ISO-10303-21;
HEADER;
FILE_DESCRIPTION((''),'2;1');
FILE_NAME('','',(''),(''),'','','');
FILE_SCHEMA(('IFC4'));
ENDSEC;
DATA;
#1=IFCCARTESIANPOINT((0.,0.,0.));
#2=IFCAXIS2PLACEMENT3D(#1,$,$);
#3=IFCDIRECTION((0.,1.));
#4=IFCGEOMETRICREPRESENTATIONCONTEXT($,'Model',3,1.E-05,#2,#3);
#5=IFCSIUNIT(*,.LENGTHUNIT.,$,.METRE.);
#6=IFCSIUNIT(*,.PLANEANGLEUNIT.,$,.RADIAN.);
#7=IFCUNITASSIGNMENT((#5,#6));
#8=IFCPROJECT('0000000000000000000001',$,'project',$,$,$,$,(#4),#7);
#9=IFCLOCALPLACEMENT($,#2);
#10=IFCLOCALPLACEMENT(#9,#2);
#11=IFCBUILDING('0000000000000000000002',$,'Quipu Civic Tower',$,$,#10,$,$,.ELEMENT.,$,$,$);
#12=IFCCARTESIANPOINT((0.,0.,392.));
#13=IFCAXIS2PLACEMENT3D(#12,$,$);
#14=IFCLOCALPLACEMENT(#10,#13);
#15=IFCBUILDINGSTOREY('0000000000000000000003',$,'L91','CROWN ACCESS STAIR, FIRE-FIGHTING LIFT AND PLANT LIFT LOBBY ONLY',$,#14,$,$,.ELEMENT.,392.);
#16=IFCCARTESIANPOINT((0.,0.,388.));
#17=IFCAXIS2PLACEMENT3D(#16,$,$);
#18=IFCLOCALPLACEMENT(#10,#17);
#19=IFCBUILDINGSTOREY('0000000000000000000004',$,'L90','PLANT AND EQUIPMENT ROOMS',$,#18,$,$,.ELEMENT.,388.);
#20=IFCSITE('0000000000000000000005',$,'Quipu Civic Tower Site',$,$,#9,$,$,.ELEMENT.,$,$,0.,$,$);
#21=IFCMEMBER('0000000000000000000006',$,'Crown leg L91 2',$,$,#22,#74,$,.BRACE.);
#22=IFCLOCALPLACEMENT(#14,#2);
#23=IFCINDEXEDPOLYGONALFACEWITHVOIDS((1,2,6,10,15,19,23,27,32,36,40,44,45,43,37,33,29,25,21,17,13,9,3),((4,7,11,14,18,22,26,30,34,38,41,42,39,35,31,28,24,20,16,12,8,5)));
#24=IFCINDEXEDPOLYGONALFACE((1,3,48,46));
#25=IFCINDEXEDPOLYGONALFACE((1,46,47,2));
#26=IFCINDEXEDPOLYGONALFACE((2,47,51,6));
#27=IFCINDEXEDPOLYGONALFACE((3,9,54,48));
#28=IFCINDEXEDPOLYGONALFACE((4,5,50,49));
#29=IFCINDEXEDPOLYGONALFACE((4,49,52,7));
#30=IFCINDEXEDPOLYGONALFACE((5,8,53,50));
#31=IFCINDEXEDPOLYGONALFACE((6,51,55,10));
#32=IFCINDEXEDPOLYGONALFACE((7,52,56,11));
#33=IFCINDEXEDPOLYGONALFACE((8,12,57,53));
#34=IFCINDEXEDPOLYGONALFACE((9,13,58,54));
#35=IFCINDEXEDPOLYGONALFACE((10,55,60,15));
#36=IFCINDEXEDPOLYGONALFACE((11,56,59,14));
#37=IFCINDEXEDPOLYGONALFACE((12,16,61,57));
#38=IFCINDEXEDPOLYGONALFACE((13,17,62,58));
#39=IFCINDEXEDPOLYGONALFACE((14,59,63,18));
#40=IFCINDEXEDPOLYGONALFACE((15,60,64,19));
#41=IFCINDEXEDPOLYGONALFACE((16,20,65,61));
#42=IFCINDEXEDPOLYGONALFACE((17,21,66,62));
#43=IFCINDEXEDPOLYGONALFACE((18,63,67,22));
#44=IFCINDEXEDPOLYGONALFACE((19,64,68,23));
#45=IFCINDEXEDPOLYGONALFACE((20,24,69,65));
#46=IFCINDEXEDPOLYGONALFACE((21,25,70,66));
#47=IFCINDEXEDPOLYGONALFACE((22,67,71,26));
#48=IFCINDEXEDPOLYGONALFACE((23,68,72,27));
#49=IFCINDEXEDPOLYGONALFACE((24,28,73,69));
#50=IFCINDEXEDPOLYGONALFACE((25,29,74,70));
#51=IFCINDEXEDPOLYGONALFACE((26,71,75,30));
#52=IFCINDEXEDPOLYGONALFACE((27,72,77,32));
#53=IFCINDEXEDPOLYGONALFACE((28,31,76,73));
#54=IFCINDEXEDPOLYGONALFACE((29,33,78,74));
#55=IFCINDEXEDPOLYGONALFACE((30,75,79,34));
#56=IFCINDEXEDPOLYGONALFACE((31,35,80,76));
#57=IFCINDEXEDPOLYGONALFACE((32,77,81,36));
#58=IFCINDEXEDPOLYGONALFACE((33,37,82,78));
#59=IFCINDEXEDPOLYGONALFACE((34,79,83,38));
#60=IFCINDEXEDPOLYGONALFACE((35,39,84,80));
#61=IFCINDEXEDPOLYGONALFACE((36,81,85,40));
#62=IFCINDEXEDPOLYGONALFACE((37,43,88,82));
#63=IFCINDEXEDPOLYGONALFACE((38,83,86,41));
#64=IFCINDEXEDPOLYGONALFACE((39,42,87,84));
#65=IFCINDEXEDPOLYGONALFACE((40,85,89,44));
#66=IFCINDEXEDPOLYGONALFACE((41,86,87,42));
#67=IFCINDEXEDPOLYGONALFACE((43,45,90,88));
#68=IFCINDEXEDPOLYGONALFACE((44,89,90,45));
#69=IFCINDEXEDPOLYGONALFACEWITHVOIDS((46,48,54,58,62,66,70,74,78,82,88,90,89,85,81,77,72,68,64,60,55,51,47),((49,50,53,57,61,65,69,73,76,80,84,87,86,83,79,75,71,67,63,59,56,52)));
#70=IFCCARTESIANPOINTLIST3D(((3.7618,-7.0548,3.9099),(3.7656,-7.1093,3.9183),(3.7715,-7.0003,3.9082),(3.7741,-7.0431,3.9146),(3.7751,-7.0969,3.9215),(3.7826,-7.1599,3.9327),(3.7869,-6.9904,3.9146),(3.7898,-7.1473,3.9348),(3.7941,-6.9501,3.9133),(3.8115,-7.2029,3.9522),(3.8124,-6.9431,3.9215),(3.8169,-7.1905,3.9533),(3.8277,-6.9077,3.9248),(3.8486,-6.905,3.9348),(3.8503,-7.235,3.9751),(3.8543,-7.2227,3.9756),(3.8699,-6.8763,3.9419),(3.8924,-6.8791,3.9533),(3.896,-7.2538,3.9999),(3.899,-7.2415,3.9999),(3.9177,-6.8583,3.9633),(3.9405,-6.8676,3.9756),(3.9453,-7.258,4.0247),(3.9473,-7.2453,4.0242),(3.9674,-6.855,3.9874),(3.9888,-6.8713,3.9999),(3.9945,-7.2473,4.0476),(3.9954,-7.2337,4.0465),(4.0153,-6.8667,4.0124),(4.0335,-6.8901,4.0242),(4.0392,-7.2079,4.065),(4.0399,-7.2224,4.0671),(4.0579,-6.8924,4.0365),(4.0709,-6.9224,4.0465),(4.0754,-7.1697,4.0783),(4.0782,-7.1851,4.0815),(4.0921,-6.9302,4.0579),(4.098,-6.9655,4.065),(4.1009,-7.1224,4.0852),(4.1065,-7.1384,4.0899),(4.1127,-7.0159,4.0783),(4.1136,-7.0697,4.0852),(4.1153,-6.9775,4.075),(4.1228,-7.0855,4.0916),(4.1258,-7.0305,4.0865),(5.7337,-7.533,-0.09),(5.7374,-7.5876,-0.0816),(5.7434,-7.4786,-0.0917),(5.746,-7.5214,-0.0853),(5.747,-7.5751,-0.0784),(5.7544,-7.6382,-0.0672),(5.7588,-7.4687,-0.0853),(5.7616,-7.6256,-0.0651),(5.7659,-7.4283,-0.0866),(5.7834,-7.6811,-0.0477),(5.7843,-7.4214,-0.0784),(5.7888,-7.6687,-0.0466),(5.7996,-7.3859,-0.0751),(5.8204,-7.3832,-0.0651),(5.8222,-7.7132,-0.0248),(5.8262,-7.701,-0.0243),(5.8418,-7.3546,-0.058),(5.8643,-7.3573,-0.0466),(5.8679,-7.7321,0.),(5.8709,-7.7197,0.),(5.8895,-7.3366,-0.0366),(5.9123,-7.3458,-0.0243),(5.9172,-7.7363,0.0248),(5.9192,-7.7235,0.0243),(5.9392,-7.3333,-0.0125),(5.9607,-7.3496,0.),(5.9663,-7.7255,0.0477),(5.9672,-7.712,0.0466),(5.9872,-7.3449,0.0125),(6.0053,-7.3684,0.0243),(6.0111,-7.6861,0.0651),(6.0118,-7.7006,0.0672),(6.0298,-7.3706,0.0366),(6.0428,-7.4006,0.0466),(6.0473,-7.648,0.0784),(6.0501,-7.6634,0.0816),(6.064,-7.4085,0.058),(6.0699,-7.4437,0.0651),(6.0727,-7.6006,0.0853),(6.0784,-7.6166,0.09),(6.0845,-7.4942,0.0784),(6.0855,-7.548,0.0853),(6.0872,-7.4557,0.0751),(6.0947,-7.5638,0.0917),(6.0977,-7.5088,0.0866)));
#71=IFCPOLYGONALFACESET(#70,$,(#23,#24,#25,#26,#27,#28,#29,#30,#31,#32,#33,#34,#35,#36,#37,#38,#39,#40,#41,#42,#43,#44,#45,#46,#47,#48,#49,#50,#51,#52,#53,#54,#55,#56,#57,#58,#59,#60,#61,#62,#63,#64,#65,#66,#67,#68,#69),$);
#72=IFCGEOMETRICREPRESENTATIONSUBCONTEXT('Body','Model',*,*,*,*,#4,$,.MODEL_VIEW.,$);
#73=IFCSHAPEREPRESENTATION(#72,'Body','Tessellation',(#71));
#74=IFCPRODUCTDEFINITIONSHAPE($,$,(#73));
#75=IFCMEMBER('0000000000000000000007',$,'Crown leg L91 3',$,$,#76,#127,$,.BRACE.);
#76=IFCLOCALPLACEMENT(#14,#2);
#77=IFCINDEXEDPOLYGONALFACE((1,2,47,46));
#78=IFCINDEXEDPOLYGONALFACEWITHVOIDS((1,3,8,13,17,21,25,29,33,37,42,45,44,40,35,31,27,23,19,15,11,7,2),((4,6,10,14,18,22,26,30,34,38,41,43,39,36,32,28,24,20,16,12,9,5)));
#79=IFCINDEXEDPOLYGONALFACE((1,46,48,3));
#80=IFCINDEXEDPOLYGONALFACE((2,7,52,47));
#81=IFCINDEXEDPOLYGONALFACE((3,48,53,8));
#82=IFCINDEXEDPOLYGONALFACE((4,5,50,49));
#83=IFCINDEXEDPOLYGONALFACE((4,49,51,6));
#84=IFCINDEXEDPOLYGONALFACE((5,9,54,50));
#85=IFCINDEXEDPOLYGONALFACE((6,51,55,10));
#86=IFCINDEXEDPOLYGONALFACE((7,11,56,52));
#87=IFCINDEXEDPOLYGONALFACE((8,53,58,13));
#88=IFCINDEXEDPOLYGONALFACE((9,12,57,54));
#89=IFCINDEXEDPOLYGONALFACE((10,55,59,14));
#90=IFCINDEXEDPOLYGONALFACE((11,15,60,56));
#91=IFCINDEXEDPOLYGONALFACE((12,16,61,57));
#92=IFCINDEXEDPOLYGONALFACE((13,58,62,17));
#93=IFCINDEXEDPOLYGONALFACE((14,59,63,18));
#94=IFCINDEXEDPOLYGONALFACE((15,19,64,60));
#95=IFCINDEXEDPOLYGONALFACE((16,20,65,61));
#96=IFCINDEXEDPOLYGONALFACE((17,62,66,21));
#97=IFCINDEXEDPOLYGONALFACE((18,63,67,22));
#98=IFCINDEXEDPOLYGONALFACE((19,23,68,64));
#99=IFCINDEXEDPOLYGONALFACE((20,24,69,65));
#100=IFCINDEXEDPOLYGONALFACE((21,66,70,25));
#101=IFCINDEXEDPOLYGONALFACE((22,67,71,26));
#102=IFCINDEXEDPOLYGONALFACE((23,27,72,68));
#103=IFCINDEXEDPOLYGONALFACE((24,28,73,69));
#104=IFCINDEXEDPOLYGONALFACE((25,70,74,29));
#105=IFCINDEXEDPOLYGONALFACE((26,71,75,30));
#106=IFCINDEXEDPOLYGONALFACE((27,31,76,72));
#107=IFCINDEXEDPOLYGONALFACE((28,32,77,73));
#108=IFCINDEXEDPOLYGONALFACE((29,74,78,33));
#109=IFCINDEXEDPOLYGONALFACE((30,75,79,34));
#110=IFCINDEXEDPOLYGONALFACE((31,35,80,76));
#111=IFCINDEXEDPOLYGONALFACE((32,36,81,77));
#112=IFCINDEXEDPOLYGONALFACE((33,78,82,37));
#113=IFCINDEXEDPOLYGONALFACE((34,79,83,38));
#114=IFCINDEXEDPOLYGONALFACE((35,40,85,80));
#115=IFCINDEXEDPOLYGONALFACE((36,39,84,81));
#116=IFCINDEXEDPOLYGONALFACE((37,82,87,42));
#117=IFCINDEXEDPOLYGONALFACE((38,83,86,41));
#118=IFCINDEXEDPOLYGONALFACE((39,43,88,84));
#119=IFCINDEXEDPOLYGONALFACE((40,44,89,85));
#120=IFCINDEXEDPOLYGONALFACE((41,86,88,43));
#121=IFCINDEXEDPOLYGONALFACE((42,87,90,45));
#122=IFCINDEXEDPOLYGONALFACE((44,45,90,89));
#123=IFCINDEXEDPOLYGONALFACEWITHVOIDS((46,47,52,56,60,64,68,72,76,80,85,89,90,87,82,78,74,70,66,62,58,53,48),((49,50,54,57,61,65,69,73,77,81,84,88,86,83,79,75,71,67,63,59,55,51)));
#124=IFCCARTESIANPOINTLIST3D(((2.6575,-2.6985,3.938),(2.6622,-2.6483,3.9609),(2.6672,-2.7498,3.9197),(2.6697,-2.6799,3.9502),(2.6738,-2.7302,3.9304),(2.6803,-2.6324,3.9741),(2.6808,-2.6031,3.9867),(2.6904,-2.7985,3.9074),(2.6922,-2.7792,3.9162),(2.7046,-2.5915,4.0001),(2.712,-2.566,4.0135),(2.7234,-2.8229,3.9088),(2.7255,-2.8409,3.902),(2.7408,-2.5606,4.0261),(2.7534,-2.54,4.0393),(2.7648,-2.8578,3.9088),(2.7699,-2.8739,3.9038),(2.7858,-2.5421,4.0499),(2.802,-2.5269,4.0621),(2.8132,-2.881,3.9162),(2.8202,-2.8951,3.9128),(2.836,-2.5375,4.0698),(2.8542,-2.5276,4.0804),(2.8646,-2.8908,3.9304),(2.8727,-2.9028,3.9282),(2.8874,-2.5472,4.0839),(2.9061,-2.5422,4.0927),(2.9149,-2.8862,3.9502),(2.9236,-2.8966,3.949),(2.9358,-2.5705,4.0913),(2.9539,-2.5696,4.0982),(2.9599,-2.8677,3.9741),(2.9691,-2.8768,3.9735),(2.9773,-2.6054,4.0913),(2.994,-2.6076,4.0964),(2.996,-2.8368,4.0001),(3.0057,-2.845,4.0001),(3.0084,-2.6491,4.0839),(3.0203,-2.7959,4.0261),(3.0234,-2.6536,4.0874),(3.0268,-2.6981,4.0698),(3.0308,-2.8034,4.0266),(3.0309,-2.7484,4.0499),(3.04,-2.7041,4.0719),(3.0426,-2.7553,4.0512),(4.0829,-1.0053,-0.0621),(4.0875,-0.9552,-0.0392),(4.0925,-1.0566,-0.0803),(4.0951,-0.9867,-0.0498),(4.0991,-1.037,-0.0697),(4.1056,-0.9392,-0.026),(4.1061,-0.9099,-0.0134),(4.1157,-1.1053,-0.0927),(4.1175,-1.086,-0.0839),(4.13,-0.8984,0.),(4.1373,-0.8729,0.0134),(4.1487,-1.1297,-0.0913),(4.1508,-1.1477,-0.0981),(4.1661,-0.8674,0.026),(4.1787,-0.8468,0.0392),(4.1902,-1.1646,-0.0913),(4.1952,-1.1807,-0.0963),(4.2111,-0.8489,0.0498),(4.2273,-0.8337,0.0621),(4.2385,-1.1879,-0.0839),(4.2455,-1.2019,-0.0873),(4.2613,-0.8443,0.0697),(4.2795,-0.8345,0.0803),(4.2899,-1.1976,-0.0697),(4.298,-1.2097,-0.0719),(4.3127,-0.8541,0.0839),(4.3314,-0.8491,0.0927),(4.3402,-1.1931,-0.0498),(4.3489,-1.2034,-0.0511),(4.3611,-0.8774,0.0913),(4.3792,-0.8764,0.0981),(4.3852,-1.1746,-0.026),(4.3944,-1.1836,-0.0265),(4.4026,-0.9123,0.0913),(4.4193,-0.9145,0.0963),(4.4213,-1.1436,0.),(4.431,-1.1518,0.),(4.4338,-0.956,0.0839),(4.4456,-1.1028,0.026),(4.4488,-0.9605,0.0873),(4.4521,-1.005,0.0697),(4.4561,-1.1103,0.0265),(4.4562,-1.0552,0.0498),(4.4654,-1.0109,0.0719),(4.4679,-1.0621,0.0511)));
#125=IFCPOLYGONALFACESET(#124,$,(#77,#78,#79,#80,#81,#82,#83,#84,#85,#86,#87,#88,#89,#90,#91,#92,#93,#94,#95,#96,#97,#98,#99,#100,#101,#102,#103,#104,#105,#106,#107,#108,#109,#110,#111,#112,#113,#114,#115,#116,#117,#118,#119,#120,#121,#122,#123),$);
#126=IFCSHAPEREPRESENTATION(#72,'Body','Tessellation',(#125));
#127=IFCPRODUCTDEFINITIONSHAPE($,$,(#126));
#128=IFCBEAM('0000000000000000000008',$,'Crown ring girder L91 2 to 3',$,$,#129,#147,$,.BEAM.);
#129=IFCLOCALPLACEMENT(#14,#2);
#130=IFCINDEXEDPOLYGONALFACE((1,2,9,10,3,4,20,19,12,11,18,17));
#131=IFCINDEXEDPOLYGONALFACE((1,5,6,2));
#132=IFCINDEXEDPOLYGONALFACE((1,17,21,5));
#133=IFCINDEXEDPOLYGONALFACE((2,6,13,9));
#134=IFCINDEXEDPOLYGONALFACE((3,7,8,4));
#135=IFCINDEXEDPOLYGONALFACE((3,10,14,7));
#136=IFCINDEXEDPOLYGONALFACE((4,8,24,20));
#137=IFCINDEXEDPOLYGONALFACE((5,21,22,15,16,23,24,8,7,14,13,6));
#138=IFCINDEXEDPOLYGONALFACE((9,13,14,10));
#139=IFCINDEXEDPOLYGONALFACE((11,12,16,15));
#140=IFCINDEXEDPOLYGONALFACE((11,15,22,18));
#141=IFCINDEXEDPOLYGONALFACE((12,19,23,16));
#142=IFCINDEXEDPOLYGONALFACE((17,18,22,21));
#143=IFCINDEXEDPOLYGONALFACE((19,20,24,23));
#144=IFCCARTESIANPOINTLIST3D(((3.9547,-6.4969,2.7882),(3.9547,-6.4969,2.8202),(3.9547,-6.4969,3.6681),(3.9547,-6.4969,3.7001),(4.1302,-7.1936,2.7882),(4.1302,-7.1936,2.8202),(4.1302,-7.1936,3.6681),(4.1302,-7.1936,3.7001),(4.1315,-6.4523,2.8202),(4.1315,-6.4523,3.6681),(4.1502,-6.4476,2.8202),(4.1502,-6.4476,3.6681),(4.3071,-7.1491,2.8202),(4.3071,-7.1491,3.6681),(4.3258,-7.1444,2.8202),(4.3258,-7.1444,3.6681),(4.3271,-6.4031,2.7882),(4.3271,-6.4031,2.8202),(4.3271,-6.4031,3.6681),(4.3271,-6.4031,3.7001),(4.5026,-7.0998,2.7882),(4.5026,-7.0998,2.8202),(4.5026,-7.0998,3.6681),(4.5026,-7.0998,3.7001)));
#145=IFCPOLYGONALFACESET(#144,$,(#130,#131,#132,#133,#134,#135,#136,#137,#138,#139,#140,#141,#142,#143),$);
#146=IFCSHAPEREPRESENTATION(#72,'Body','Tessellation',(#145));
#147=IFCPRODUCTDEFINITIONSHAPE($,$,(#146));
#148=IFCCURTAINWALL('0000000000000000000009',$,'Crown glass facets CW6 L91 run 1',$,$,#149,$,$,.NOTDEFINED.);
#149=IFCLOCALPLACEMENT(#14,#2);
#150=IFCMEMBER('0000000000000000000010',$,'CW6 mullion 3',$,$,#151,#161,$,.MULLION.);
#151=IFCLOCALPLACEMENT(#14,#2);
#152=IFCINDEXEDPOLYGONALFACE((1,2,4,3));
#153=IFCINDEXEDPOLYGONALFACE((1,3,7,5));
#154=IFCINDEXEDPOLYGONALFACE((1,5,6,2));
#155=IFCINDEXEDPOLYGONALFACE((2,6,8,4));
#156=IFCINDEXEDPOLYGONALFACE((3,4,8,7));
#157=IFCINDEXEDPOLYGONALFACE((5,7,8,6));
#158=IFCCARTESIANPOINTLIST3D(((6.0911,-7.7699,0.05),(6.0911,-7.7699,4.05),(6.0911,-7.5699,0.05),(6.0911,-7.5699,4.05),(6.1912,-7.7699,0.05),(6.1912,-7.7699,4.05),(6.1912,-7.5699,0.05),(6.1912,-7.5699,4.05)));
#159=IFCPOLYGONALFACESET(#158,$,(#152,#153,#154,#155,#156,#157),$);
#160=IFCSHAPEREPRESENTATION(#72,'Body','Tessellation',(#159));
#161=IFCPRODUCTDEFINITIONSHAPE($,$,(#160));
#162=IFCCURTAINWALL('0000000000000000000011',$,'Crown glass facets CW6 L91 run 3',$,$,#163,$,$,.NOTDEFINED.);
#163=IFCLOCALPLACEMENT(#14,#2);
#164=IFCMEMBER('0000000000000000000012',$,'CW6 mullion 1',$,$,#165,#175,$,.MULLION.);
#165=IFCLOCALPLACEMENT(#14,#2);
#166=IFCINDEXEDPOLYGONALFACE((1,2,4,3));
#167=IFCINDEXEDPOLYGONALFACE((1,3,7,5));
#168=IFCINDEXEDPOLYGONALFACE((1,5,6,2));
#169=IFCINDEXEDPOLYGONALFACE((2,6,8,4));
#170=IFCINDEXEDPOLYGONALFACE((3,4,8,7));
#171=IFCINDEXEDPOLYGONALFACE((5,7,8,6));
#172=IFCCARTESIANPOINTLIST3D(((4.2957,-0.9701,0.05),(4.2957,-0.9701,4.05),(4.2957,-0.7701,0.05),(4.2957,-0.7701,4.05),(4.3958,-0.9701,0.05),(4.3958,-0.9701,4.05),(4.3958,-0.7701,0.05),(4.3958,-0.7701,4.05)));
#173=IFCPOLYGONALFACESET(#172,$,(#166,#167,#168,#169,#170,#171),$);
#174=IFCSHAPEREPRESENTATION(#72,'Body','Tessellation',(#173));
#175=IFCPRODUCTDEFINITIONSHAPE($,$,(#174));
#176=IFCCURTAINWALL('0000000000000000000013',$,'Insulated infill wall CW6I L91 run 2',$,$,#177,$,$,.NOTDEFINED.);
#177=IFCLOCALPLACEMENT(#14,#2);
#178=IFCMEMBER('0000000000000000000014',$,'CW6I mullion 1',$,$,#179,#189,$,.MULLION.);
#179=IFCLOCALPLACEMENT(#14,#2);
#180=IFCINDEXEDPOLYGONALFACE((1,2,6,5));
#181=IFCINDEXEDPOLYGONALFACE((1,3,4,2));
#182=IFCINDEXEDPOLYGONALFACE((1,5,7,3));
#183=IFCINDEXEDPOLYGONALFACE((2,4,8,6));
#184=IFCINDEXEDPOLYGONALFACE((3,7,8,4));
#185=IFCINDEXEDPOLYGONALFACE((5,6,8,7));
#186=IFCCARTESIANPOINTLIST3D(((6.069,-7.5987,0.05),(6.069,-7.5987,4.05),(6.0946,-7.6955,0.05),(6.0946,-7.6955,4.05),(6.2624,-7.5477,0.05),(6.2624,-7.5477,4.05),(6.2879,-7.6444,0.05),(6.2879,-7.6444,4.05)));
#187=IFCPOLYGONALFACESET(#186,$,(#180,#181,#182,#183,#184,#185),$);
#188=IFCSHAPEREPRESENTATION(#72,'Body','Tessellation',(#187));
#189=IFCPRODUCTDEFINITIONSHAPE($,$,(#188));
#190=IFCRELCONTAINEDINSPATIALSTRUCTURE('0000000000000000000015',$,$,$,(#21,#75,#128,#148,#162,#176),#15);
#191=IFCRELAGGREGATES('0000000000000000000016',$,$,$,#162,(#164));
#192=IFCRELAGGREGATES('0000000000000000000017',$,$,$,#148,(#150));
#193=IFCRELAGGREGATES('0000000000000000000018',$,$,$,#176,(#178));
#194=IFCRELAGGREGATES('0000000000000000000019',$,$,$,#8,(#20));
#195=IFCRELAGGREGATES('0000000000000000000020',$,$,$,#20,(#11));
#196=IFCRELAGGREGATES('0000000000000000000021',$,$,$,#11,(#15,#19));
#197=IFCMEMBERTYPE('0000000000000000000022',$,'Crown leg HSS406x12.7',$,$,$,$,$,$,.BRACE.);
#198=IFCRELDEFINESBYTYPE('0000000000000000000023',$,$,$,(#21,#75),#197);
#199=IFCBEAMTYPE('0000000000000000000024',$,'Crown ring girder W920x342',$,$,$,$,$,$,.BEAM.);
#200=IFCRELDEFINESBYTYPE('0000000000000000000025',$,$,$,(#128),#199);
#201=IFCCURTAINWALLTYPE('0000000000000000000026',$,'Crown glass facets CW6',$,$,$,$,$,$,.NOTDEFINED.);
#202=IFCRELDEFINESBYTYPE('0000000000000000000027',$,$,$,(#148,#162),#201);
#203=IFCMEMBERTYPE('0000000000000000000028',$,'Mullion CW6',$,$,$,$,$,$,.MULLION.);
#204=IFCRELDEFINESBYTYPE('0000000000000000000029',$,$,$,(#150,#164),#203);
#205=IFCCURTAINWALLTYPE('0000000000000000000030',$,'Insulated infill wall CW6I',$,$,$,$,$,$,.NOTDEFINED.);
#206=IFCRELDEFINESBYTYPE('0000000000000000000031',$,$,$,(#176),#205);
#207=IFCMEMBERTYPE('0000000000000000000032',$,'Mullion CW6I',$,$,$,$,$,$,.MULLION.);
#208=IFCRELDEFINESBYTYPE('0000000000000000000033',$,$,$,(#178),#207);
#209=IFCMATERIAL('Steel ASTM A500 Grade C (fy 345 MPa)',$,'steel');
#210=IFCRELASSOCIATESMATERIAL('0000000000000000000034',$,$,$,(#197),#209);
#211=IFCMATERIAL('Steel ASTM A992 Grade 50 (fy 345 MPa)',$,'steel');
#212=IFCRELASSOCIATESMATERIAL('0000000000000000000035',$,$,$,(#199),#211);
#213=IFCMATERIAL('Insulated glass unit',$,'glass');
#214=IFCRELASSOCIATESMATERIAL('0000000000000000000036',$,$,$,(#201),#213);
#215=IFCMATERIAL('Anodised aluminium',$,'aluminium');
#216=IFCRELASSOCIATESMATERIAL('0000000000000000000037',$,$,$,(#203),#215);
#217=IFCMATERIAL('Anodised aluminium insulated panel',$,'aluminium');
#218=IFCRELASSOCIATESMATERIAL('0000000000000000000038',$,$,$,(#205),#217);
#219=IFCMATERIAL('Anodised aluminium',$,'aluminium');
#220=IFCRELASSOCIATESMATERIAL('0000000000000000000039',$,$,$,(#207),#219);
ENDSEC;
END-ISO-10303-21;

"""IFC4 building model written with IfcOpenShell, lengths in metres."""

from ifc_helpers import new_model, si_unit, direction, frame, origin, origin_2d, place, context, subcontext, project, spatial, rectangle, hollow_circle, i_section, extrude, material, material_profile, profile_set, type_object, element, aggregate, save


model = new_model("IFC4")

# Units and contexts
model_context = context("Model", 3, precision=1e-05, world=origin(), true_north=direction((0.0, 1.0)))
body_context = subcontext(model_context, "Body", "Model", "MODEL_VIEW")
ifc_project = project(units=[si_unit("LENGTHUNIT", "METRE"), si_unit("PLANEANGLEUNIT", "RADIAN")], contexts=[model_context])

# Site, building, storey
site_placement = place(None, origin())
site = spatial("IfcSite", under=ifc_project, at=site_placement, Name="Quipu Civic Tower Site", CompositionType="ELEMENT", RefElevation=0.0)
building_placement = place(site_placement, origin())
building = spatial("IfcBuilding", under=site, at=building_placement, Name="Quipu Civic Tower", CompositionType="ELEMENT")
storey_1_placement = place(building_placement, frame((0.0, 0.0, 392.0)))
storey_1 = spatial("IfcBuildingStorey", under=building, at=storey_1_placement, Name="L91", Description="CROWN ACCESS STAIR, FIRE-FIGHTING LIFT AND PLANT LIFT LOBBY ONLY", CompositionType="ELEMENT", Elevation=392.0)

# Members
ifc_material_1 = material(Name="Steel ASTM A500 Grade C (fy 345 MPa)", Category="steel")
ifc_material_profile_1 = material_profile(ifc_material_1, hollow_circle(Radius=0.2031, WallThickness=0.0127, at=origin_2d()), Name="HSS406x12.7")
ifc_profile_set_1 = profile_set([ifc_material_profile_1], Name="Steel ASTM A500 Grade C (fy 345 MPa)")
member_type_1 = type_object("IfcMemberType", Name="Crown leg HSS406x12.7", PredefinedType="BRACE", material=ifc_profile_set_1)
member_1_placement = place(storey_1_placement, frame((5.9158, -7.5347, 0.0), z_axis=(-0.439649, 0.106633, 0.891817), x_axis=(-0.235707, -0.971824, 0.0)))
element("IfcMember", 1, at=member_1_placement, inside=storey_1, type_object=member_type_1, Name="Crown leg L91 2", PredefinedType="BRACE", context=body_context, shape_type="SweptSolid", body=[
    extrude(hollow_circle(Radius=0.2031, WallThickness=0.0127, at=origin_2d()), origin(), (0.0, 0.0, 1.0), 4.4851),
])
member_2_placement = place(storey_1_placement, frame((4.2756, -1.021, 0.0), z_axis=(-0.311782, -0.370368, 0.874997), x_axis=(0.76502, -0.644007, 0.0)))
element("IfcMember", 2, at=member_2_placement, inside=storey_1, type_object=member_type_1, Name="Crown leg L91 3", PredefinedType="BRACE", context=body_context, shape_type="SweptSolid", body=[
    extrude(hollow_circle(Radius=0.2031, WallThickness=0.0127, at=origin_2d()), origin(), (0.0, 0.0, 1.0), 4.5715),
])

# Beam
ifc_material_2 = material(Name="Steel ASTM A992 Grade 50 (fy 345 MPa)", Category="steel")
ifc_material_profile_2 = material_profile(ifc_material_2, i_section(OverallWidth=0.384, OverallDepth=0.9119, WebThickness=0.0193, FlangeThickness=0.032, at=origin_2d()), Name="W920x342")
ifc_profile_set_2 = profile_set([ifc_material_profile_2], Name="Steel ASTM A992 Grade 50 (fy 345 MPa)")
beam_type_1 = type_object("IfcBeamType", Name="Crown ring girder W920x342", PredefinedType="BEAM", material=ifc_profile_set_2)
beam_1_placement = place(storey_1_placement, frame((4.3164, -7.1467, 3.2441), z_axis=(-0.244294, 0.969701, 0.0), x_axis=(-0.969701, -0.244294, 0.0)))
element("IfcBeam", 3, at=beam_1_placement, inside=storey_1, type_object=beam_type_1, Name="Crown ring girder L91 2 to 3", PredefinedType="BEAM", context=body_context, shape_type="SweptSolid", body=[
    extrude(i_section(OverallWidth=0.384, OverallDepth=0.9119, WebThickness=0.0193, FlangeThickness=0.032, at=origin_2d()), origin(), (0.0, 0.0, 1.0), 0.7185),
])

# Curtain walls, members
ifc_material_3 = material(Name="Insulated glass unit", Category="glass")
curtain_wall_type_1 = type_object("IfcCurtainWallType", Name="Crown glass facets CW6", PredefinedType="NOTDEFINED", material=ifc_material_3)
curtain_wall_1_placement = place(storey_1_placement, origin())
curtain_wall_1 = element("IfcCurtainWall", 4, at=curtain_wall_1_placement, inside=storey_1, type_object=curtain_wall_type_1, Name="Crown glass facets CW6 L91 run 1", PredefinedType="NOTDEFINED")
ifc_material_4 = material(Name="Anodised aluminium", Category="aluminium")
ifc_material_profile_3 = material_profile(ifc_material_4, rectangle(XDim=0.2, YDim=0.1001, at=origin_2d()), Name="RECT 200x100")
ifc_profile_set_3 = profile_set([ifc_material_profile_3], Name="Anodised aluminium")
member_type_2 = type_object("IfcMemberType", Name="Mullion CW6", PredefinedType="MULLION", material=ifc_profile_set_3)
member_3_placement = place(storey_1_placement, frame((6.1411, -7.6699, 0.05), z_axis=(0.0, 0.0, 1.0), x_axis=(0.0, 1.0, 0.0)))
member_3 = element("IfcMember", 5, at=member_3_placement, type_object=member_type_2, Name="CW6 mullion 3", PredefinedType="MULLION", context=body_context, shape_type="SweptSolid", body=[
    extrude(rectangle(XDim=0.2, YDim=0.1001, at=origin_2d()), origin(), (0.0, 0.0, 1.0), 4.0),
])
curtain_wall_2_placement = place(storey_1_placement, origin())
curtain_wall_2 = element("IfcCurtainWall", 6, at=curtain_wall_2_placement, inside=storey_1, type_object=curtain_wall_type_1, Name="Crown glass facets CW6 L91 run 3", PredefinedType="NOTDEFINED")
member_4_placement = place(storey_1_placement, frame((4.3457, -0.8701, 0.05), z_axis=(0.0, 0.0, 1.0), x_axis=(0.0, -1.0, 0.0)))
member_4 = element("IfcMember", 7, at=member_4_placement, type_object=member_type_2, Name="CW6 mullion 1", PredefinedType="MULLION", context=body_context, shape_type="SweptSolid", body=[
    extrude(rectangle(XDim=0.2, YDim=0.1001, at=origin_2d()), origin(), (0.0, 0.0, 1.0), 4.0),
])

# Curtain wall, member
ifc_material_5 = material(Name="Anodised aluminium insulated panel", Category="aluminium")
curtain_wall_type_2 = type_object("IfcCurtainWallType", Name="Insulated infill wall CW6I", PredefinedType="NOTDEFINED", material=ifc_material_5)
curtain_wall_3_placement = place(storey_1_placement, origin())
curtain_wall_3 = element("IfcCurtainWall", 8, at=curtain_wall_3_placement, inside=storey_1, type_object=curtain_wall_type_2, Name="Insulated infill wall CW6I L91 run 2", PredefinedType="NOTDEFINED")
ifc_material_6 = material(Name="Anodised aluminium", Category="aluminium")
ifc_material_profile_4 = material_profile(ifc_material_6, rectangle(XDim=0.2, YDim=0.1001, at=origin_2d()), Name="RECT 200x100")
ifc_profile_set_4 = profile_set([ifc_material_profile_4], Name="Anodised aluminium")
member_type_3 = type_object("IfcMemberType", Name="Mullion CW6I", PredefinedType="MULLION", material=ifc_profile_set_4)
member_5_placement = place(storey_1_placement, frame((6.1785, -7.6216, 0.05), z_axis=(0.0, 0.0, 1.0), x_axis=(-0.96686, -0.255308, 0.0)))
member_5 = element("IfcMember", 9, at=member_5_placement, type_object=member_type_3, Name="CW6I mullion 1", PredefinedType="MULLION", context=body_context, shape_type="SweptSolid", body=[
    extrude(rectangle(XDim=0.2, YDim=0.1001, at=origin_2d()), origin(), (0.0, 0.0, 1.0), 4.0),
])

# Shared definitions
storey_2_placement = place(building_placement, frame((0.0, 0.0, 388.0)))
storey_2 = spatial("IfcBuildingStorey", under=building, at=storey_2_placement, Name="L90", Description="PLANT AND EQUIPMENT ROOMS", CompositionType="ELEMENT", Elevation=388.0)

aggregate(curtain_wall_2, [member_4])

aggregate(curtain_wall_1, [member_3])
aggregate(curtain_wall_3, [member_5])

save(model, "model.ifc")
